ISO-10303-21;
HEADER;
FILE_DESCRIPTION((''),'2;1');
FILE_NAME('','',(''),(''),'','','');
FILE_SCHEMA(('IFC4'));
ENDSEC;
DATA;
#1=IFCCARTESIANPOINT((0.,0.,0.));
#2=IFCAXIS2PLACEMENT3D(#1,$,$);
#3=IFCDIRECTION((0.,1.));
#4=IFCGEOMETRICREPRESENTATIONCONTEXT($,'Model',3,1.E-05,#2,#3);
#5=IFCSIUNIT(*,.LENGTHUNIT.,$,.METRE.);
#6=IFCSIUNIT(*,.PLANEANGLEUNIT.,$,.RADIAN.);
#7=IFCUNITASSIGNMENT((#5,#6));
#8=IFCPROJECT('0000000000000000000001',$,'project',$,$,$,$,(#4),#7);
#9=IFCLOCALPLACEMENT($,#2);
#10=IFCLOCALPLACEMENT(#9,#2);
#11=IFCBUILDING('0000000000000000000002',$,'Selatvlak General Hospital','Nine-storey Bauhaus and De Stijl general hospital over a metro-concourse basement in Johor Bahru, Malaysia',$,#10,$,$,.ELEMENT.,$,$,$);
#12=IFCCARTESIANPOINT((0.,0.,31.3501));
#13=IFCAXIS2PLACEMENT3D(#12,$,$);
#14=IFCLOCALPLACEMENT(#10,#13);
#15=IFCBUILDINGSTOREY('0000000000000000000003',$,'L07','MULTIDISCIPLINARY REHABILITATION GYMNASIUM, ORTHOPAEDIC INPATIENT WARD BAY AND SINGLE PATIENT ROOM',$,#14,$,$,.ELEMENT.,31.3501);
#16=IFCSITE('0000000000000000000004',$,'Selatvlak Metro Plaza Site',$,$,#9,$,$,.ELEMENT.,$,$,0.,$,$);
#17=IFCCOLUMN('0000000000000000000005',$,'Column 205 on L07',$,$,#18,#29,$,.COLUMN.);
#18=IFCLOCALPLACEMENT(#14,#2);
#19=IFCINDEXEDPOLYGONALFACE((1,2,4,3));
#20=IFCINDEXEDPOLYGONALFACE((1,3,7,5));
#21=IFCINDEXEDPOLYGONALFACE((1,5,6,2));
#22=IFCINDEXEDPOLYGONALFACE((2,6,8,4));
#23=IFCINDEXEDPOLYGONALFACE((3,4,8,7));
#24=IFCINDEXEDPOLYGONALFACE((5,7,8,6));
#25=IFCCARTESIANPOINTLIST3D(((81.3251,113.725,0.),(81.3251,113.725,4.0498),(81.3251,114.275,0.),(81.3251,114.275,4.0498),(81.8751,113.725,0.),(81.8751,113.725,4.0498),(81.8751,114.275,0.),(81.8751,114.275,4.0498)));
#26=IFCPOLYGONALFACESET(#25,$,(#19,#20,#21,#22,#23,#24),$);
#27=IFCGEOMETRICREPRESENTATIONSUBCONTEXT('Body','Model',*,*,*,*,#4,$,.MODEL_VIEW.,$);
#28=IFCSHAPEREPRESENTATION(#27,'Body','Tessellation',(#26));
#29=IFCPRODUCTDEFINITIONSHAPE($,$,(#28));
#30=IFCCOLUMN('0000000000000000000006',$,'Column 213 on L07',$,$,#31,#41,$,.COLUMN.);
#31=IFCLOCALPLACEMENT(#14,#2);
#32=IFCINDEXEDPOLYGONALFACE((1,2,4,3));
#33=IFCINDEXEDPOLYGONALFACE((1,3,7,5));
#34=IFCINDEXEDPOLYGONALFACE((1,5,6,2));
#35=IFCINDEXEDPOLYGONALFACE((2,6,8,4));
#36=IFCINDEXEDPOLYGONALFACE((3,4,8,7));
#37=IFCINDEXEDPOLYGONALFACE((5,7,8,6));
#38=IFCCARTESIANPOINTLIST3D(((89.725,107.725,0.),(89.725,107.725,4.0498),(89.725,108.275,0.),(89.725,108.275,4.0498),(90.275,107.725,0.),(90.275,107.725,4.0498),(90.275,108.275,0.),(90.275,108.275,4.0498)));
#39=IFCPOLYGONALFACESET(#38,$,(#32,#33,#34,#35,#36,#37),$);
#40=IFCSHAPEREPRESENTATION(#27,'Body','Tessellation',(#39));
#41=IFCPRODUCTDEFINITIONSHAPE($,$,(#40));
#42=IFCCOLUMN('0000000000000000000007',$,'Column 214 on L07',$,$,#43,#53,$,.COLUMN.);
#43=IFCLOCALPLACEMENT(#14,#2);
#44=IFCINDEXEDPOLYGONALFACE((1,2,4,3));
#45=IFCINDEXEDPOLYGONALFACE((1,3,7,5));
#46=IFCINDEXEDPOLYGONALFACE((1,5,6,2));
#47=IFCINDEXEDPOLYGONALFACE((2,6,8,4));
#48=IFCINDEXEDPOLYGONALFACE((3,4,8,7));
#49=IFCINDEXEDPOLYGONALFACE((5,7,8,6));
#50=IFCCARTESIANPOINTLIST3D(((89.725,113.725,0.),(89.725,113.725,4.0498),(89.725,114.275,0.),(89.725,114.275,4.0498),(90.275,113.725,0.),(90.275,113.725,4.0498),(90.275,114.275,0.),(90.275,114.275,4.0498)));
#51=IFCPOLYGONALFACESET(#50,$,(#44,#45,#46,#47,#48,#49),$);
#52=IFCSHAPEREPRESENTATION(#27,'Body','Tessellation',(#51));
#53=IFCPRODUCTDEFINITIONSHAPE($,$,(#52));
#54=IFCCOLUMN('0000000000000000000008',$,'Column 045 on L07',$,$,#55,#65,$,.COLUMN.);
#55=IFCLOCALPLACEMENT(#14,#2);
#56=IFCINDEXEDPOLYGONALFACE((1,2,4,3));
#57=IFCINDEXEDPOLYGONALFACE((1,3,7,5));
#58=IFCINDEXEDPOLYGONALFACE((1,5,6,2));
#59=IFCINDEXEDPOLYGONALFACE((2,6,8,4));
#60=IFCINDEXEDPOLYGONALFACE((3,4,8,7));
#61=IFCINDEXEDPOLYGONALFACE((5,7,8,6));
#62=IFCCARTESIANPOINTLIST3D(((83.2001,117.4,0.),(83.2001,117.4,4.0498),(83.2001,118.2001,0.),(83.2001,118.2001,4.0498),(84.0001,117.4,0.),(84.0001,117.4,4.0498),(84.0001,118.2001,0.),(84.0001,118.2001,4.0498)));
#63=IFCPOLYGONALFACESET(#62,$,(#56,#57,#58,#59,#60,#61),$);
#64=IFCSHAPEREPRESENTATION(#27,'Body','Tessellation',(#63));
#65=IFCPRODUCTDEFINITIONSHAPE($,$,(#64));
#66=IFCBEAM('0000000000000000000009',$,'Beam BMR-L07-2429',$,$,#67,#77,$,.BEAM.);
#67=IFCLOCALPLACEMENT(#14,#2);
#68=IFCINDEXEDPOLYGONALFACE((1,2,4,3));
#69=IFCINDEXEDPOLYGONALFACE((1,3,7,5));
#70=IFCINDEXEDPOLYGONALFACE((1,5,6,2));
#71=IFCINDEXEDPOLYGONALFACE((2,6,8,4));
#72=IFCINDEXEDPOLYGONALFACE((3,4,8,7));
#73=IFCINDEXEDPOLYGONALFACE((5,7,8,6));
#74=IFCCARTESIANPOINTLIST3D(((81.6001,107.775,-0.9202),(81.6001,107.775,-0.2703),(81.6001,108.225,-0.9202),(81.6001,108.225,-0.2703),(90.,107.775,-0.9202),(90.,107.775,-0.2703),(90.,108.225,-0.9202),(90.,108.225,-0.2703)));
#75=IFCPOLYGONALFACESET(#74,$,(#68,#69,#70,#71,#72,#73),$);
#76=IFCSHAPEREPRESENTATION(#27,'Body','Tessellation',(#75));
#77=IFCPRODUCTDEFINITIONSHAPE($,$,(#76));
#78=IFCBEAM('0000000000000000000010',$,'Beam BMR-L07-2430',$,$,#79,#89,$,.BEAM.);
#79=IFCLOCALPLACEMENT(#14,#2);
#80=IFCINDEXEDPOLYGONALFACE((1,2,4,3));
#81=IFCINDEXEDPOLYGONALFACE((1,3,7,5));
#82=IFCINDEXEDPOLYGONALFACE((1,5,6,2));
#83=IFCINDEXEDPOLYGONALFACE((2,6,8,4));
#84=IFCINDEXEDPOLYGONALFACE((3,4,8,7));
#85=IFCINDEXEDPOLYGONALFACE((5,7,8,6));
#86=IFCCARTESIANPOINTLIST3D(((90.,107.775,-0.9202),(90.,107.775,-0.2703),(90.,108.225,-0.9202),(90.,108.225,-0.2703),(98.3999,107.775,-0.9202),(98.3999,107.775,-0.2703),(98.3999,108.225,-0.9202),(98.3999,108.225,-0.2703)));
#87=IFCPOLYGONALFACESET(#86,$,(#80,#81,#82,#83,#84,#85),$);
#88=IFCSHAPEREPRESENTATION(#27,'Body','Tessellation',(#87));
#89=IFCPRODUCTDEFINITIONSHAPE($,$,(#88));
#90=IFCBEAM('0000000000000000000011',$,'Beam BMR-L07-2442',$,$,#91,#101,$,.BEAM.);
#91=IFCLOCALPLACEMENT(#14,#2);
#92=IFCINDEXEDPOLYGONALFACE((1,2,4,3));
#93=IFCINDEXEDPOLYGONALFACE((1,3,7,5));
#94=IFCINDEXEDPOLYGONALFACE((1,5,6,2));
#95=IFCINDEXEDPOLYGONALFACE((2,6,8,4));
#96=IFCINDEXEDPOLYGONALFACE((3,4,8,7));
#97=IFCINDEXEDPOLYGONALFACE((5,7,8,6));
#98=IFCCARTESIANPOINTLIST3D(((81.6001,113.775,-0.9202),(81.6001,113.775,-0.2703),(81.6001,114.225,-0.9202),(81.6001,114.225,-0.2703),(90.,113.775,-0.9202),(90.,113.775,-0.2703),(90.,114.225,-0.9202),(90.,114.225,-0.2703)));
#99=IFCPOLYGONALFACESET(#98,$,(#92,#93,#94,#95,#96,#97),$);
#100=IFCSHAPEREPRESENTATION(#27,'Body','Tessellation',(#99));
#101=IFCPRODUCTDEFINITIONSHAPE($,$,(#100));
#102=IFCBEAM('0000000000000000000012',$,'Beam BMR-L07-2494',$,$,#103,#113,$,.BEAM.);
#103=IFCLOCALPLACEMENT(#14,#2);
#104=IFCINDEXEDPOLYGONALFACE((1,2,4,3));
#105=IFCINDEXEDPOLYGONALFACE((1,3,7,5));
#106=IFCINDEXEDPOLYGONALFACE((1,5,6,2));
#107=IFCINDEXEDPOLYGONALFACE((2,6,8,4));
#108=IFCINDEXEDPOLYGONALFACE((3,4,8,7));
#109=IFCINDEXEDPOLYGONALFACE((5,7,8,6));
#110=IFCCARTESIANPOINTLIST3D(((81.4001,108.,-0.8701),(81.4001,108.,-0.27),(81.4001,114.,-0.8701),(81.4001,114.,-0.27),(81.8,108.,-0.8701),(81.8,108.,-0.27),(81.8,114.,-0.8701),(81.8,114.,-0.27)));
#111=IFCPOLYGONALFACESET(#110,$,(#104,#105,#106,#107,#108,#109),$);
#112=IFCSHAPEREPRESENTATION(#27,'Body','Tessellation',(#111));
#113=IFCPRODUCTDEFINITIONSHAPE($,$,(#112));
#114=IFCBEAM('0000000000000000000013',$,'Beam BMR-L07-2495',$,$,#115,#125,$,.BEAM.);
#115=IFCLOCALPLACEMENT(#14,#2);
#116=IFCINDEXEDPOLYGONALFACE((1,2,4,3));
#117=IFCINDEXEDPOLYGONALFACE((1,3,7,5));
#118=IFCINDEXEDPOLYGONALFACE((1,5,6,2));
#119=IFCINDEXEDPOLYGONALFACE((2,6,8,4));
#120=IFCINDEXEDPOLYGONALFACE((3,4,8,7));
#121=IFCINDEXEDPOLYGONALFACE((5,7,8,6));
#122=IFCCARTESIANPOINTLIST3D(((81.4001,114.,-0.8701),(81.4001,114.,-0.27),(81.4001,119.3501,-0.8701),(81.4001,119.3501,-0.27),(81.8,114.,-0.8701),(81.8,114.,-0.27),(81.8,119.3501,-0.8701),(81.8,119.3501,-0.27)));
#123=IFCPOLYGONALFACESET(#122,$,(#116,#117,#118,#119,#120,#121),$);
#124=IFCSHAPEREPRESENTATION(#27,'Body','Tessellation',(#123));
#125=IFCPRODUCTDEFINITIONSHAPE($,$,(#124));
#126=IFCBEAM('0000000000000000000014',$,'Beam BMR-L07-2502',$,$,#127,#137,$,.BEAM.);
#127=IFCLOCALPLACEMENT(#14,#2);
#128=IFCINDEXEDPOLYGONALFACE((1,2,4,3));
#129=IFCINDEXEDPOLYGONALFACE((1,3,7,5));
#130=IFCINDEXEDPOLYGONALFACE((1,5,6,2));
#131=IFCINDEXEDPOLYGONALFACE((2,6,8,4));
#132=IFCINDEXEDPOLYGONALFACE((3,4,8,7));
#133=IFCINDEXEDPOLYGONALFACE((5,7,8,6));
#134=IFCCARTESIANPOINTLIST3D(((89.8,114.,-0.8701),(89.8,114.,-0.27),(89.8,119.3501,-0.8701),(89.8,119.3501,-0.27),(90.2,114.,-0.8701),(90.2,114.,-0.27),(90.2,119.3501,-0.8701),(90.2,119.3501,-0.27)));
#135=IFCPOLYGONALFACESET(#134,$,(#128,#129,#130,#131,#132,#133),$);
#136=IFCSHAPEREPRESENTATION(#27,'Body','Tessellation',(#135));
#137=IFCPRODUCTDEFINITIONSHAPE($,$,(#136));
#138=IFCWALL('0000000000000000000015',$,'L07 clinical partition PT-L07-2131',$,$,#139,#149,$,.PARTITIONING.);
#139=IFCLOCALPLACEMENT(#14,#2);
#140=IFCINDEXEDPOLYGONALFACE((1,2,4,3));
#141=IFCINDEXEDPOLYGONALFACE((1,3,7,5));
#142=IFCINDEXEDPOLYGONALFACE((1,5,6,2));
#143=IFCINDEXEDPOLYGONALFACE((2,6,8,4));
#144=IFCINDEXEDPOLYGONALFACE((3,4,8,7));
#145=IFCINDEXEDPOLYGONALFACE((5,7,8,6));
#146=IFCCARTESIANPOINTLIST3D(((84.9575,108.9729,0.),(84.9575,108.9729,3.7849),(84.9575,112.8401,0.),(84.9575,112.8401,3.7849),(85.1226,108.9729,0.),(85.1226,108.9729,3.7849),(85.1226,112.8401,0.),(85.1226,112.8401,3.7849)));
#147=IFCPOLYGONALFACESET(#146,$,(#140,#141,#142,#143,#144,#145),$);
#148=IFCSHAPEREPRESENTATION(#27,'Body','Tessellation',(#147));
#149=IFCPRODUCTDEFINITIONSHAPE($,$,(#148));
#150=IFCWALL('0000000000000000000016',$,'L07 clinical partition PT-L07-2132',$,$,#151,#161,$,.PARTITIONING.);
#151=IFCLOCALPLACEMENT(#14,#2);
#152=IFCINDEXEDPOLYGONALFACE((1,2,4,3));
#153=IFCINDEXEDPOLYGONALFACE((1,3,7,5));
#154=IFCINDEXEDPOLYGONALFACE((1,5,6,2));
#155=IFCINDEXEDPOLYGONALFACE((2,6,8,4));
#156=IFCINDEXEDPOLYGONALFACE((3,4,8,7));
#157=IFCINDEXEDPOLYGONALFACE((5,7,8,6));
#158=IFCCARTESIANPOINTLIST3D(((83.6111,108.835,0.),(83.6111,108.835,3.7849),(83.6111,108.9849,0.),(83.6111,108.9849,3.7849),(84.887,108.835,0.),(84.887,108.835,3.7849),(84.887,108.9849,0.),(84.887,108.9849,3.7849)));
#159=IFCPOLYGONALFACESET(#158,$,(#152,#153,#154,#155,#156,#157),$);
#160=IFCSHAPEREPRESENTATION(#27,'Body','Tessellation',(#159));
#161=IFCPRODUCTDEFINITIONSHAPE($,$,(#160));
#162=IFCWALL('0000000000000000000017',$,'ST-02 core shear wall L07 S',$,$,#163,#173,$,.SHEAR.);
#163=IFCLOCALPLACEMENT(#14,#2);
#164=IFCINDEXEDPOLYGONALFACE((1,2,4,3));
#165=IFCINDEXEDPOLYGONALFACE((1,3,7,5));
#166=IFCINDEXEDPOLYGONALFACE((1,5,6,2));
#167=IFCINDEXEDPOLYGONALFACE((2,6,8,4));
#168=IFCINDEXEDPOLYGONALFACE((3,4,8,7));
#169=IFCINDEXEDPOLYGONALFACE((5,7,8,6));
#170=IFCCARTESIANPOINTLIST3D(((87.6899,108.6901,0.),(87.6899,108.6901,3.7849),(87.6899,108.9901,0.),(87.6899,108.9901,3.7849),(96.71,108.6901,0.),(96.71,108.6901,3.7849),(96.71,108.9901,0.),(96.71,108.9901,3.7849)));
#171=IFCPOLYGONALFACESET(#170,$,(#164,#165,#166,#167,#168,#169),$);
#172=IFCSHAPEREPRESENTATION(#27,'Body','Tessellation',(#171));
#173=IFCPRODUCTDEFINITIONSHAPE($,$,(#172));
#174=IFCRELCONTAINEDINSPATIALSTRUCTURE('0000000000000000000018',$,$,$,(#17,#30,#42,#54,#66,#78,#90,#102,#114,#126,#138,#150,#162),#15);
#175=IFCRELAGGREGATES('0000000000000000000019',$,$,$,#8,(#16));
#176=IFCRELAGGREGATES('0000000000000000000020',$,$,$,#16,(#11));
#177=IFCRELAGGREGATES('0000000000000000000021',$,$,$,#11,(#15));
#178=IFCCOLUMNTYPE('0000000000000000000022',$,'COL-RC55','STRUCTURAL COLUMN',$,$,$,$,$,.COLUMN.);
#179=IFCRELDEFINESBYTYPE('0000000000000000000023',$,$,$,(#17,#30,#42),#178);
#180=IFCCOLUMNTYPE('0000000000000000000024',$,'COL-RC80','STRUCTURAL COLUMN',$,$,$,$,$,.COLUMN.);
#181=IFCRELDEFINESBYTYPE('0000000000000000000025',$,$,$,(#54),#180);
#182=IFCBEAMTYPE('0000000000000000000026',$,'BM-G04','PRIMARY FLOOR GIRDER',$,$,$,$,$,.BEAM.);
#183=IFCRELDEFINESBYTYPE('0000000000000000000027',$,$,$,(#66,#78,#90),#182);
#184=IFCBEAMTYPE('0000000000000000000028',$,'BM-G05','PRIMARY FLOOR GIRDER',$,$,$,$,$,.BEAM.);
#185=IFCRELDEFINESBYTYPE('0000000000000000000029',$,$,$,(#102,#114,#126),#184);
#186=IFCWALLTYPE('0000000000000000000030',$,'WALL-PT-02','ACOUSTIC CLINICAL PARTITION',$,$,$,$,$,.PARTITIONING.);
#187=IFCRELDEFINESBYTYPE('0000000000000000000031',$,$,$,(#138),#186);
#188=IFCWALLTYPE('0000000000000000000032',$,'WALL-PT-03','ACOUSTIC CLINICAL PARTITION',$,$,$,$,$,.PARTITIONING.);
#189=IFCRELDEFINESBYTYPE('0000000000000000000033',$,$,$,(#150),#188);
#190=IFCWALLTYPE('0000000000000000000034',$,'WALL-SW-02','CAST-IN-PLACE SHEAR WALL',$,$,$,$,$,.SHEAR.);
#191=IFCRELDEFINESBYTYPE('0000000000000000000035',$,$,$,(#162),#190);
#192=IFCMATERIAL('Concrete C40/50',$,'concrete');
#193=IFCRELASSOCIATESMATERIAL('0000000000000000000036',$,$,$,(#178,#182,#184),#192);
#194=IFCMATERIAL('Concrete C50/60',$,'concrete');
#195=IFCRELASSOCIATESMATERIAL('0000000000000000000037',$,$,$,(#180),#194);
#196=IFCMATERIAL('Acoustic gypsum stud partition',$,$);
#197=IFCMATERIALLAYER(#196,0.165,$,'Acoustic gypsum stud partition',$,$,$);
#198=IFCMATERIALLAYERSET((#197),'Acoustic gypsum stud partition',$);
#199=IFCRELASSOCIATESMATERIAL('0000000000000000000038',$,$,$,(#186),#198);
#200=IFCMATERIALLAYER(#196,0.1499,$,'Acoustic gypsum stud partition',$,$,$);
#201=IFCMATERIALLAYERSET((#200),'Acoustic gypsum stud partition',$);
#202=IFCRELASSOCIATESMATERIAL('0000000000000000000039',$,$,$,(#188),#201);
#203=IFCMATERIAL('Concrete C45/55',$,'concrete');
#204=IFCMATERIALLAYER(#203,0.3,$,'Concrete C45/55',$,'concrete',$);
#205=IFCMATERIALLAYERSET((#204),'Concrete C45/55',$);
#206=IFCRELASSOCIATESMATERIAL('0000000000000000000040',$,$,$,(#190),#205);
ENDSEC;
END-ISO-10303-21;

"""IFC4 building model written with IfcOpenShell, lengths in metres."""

from ifc_helpers import new_model, si_unit, direction, frame, frame_2d, origin, origin_2d, place, context, subcontext, project, spatial, rectangle, extrude, material, layer, layer_set, material_profile, profile_set, type_object, element, save


model = new_model("IFC4")

# Units and contexts
model_context = context("Model", 3, precision=1e-05, world=origin(), true_north=direction((0.0, 1.0)))
body_context = subcontext(model_context, "Body", "Model", "MODEL_VIEW")
ifc_project = project(units=[si_unit("LENGTHUNIT", "METRE"), si_unit("PLANEANGLEUNIT", "RADIAN")], contexts=[model_context])

# Site, building, storey
site_placement = place(None, origin())
site = spatial("IfcSite", under=ifc_project, at=site_placement, Name="Selatvlak Metro Plaza Site", CompositionType="ELEMENT", RefElevation=0.0)
building_placement = place(site_placement, origin())
building = spatial("IfcBuilding", under=site, at=building_placement, Name="Selatvlak General Hospital", Description="Nine-storey Bauhaus and De Stijl general hospital over a metro-concourse basement in Johor Bahru, Malaysia", CompositionType="ELEMENT")
storey_placement = place(building_placement, frame((0.0, 0.0, 31.3501)))
storey = spatial("IfcBuildingStorey", under=building, at=storey_placement, Name="L07", Description="MULTIDISCIPLINARY REHABILITATION GYMNASIUM, ORTHOPAEDIC INPATIENT WARD BAY AND SINGLE PATIENT ROOM", CompositionType="ELEMENT", Elevation=31.3501)

# Columns
ifc_material_1 = material(Name="Concrete C40/50", Category="concrete")
ifc_material_profile_1 = material_profile(ifc_material_1, rectangle(XDim=0.55, YDim=0.55, at=origin_2d()), Name="RC-COL 550x550")
ifc_profile_set_1 = profile_set([ifc_material_profile_1], Name="Concrete C40/50")
column_type_1 = type_object("IfcColumnType", Name="COL-RC55", Description="STRUCTURAL COLUMN", PredefinedType="COLUMN", material=ifc_profile_set_1)
for number, where, z_axis, x_axis, name in (
    (1, (81.6001, 114.0, 0.0), (0.0, 0.0, 1.0), (1.0, 0.0, 0.0), "Column 205 on L07"),
    (2, (90.0, 108.0, 0.0), (0.0, 0.0, 1.0), (1.0, 0.0, 0.0), "Column 213 on L07"),
    (3, (90.0, 114.0, 0.0), (0.0, 0.0, 1.0), (1.0, 0.0, 0.0), "Column 214 on L07"),
):
    element("IfcColumn", number, at=place(storey_placement, frame(where, z_axis=z_axis, x_axis=x_axis)), inside=storey, type_object=column_type_1, Name=name, PredefinedType="COLUMN", context=body_context, shape_type="SweptSolid", body=[
        extrude(rectangle(XDim=0.55, YDim=0.55, at=origin_2d()), origin(), (0.0, 0.0, 1.0), 4.0498),
    ])
ifc_material_2 = material(Name="Concrete C50/60", Category="concrete")
ifc_material_profile_2 = material_profile(ifc_material_2, rectangle(XDim=0.8, YDim=0.8, at=origin_2d()), Name="RC-COL 800x800")
ifc_profile_set_2 = profile_set([ifc_material_profile_2], Name="Concrete C50/60")
column_type_2 = type_object("IfcColumnType", Name="COL-RC80", Description="STRUCTURAL COLUMN", PredefinedType="COLUMN", material=ifc_profile_set_2)
column_placement = place(storey_placement, frame((83.6001, 117.8, 0.0), z_axis=(0.0, 0.0, 1.0), x_axis=(1.0, 0.0, 0.0)))
element("IfcColumn", 4, at=column_placement, inside=storey, type_object=column_type_2, Name="Column 045 on L07", PredefinedType="COLUMN", context=body_context, shape_type="SweptSolid", body=[
    extrude(rectangle(XDim=0.8, YDim=0.8, at=origin_2d()), origin(), (0.0, 0.0, 1.0), 4.0498),
])

# Beams
ifc_material_profile_3 = material_profile(ifc_material_1, rectangle(XDim=0.45, YDim=0.6499, at=origin_2d()), Name="RC-BM 450x650")
ifc_profile_set_3 = profile_set([ifc_material_profile_3], Name="Concrete C40/50")
beam_type_1 = type_object("IfcBeamType", Name="BM-G04", Description="PRIMARY FLOOR GIRDER", PredefinedType="BEAM", material=ifc_profile_set_3)
for number, where, z_axis, x_axis, name in (
    (5, (81.6001, 108.0, -0.5952), (1.0, 0.0, 0.0), (0.0, 1.0, 0.0), "Beam BMR-L07-2429"),
    (6, (90.0, 108.0, -0.5952), (1.0, 0.0, 0.0), (0.0, 1.0, 0.0), "Beam BMR-L07-2430"),
    (7, (81.6001, 114.0, -0.5952), (1.0, 0.0, 0.0), (0.0, 1.0, 0.0), "Beam BMR-L07-2442"),
):
    element("IfcBeam", number, at=place(storey_placement, frame(where, z_axis=z_axis, x_axis=x_axis)), inside=storey, type_object=beam_type_1, Name=name, PredefinedType="BEAM", context=body_context, shape_type="SweptSolid", body=[
        extrude(rectangle(XDim=0.45, YDim=0.6499, at=origin_2d()), origin(), (0.0, 0.0, 1.0), 8.3999),
    ])
ifc_material_profile_4 = material_profile(ifc_material_1, rectangle(XDim=0.3999, YDim=0.6001, at=origin_2d()), Name="RC-BM 400x600")
ifc_profile_set_4 = profile_set([ifc_material_profile_4], Name="Concrete C40/50")
beam_type_2 = type_object("IfcBeamType", Name="BM-G05", Description="PRIMARY FLOOR GIRDER", PredefinedType="BEAM", material=ifc_profile_set_4)
beam_placement = place(storey_placement, frame((81.6001, 108.0, -0.5701), z_axis=(0.0, 1.0, 0.0), x_axis=(-1.0, 0.0, 0.0)))
element("IfcBeam", 8, at=beam_placement, inside=storey, type_object=beam_type_2, Name="Beam BMR-L07-2494", PredefinedType="BEAM", context=body_context, shape_type="SweptSolid", body=[
    extrude(rectangle(XDim=0.3999, YDim=0.6001, at=origin_2d()), origin(), (0.0, 0.0, 1.0), 6.0),
])
for number, where, z_axis, x_axis, name in (
    (9, (81.6001, 114.0, -0.5701), (0.0, 1.0, 0.0), (-1.0, 0.0, 0.0), "Beam BMR-L07-2495"),
    (10, (90.0, 114.0, -0.5701), (0.0, 1.0, 0.0), (-1.0, 0.0, 0.0), "Beam BMR-L07-2502"),
):
    element("IfcBeam", number, at=place(storey_placement, frame(where, z_axis=z_axis, x_axis=x_axis)), inside=storey, type_object=beam_type_2, Name=name, PredefinedType="BEAM", context=body_context, shape_type="SweptSolid", body=[
        extrude(rectangle(XDim=0.3999, YDim=0.6001, at=origin_2d()), origin(), (0.0, 0.0, 1.0), 5.3501),
    ])

# Shared definitions
ifc_material_3 = material(Name="Acoustic gypsum stud partition")

# Walls
ifc_layer_1 = layer(ifc_material_3, 0.165, Name="Acoustic gypsum stud partition")
ifc_layer_set_1 = layer_set([ifc_layer_1], Name="Acoustic gypsum stud partition")
wall_type_1 = type_object("IfcWallType", Name="WALL-PT-02", Description="ACOUSTIC CLINICAL PARTITION", PredefinedType="PARTITIONING", material=ifc_layer_set_1)
wall_1_placement = place(storey_placement, frame((85.04, 112.8401, 0.0), z_axis=(0.0, 0.0, 1.0), x_axis=(0.0, -1.0, 0.0)))
element("IfcWall", 11, at=wall_1_placement, inside=storey, type_object=wall_type_1, Name="L07 clinical partition PT-L07-2131", PredefinedType="PARTITIONING", context=body_context, shape_type="SweptSolid", body=[
    extrude(rectangle(XDim=3.8672, YDim=0.165, at=frame_2d((1.9336, 0.0))), origin(), (0.0, 0.0, 1.0), 3.7849),
])
ifc_layer_2 = layer(ifc_material_3, 0.1499, Name="Acoustic gypsum stud partition")
ifc_layer_set_2 = layer_set([ifc_layer_2], Name="Acoustic gypsum stud partition")
wall_type_2 = type_object("IfcWallType", Name="WALL-PT-03", Description="ACOUSTIC CLINICAL PARTITION", PredefinedType="PARTITIONING", material=ifc_layer_set_2)
wall_2_placement = place(storey_placement, frame((84.887, 108.9099, 0.0), z_axis=(0.0, 0.0, 1.0), x_axis=(-1.0, 0.0, 0.0)))
element("IfcWall", 12, at=wall_2_placement, inside=storey, type_object=wall_type_2, Name="L07 clinical partition PT-L07-2132", PredefinedType="PARTITIONING", context=body_context, shape_type="SweptSolid", body=[
    extrude(rectangle(XDim=1.2759, YDim=0.1499, at=frame_2d((0.6379, 0.0))), origin(), (0.0, 0.0, 1.0), 3.7849),
])
ifc_material_4 = material(Name="Concrete C45/55", Category="concrete")
ifc_layer_3 = layer(ifc_material_4, 0.3, Name="Concrete C45/55", Category="concrete")
ifc_layer_set_3 = layer_set([ifc_layer_3], Name="Concrete C45/55")
wall_type_3 = type_object("IfcWallType", Name="WALL-SW-02", Description="CAST-IN-PLACE SHEAR WALL", PredefinedType="SHEAR", material=ifc_layer_set_3)
wall_3_placement = place(storey_placement, frame((87.6899, 108.8401, 0.0), z_axis=(0.0, 0.0, 1.0), x_axis=(1.0, 0.0, 0.0)))
element("IfcWall", 13, at=wall_3_placement, inside=storey, type_object=wall_type_3, Name="ST-02 core shear wall L07 S", PredefinedType="SHEAR", context=body_context, shape_type="SweptSolid", body=[
    extrude(rectangle(XDim=9.02, YDim=0.3, at=frame_2d((4.51, 0.0))), origin(), (0.0, 0.0, 1.0), 3.7849),
])

save(model, "model.ifc")
